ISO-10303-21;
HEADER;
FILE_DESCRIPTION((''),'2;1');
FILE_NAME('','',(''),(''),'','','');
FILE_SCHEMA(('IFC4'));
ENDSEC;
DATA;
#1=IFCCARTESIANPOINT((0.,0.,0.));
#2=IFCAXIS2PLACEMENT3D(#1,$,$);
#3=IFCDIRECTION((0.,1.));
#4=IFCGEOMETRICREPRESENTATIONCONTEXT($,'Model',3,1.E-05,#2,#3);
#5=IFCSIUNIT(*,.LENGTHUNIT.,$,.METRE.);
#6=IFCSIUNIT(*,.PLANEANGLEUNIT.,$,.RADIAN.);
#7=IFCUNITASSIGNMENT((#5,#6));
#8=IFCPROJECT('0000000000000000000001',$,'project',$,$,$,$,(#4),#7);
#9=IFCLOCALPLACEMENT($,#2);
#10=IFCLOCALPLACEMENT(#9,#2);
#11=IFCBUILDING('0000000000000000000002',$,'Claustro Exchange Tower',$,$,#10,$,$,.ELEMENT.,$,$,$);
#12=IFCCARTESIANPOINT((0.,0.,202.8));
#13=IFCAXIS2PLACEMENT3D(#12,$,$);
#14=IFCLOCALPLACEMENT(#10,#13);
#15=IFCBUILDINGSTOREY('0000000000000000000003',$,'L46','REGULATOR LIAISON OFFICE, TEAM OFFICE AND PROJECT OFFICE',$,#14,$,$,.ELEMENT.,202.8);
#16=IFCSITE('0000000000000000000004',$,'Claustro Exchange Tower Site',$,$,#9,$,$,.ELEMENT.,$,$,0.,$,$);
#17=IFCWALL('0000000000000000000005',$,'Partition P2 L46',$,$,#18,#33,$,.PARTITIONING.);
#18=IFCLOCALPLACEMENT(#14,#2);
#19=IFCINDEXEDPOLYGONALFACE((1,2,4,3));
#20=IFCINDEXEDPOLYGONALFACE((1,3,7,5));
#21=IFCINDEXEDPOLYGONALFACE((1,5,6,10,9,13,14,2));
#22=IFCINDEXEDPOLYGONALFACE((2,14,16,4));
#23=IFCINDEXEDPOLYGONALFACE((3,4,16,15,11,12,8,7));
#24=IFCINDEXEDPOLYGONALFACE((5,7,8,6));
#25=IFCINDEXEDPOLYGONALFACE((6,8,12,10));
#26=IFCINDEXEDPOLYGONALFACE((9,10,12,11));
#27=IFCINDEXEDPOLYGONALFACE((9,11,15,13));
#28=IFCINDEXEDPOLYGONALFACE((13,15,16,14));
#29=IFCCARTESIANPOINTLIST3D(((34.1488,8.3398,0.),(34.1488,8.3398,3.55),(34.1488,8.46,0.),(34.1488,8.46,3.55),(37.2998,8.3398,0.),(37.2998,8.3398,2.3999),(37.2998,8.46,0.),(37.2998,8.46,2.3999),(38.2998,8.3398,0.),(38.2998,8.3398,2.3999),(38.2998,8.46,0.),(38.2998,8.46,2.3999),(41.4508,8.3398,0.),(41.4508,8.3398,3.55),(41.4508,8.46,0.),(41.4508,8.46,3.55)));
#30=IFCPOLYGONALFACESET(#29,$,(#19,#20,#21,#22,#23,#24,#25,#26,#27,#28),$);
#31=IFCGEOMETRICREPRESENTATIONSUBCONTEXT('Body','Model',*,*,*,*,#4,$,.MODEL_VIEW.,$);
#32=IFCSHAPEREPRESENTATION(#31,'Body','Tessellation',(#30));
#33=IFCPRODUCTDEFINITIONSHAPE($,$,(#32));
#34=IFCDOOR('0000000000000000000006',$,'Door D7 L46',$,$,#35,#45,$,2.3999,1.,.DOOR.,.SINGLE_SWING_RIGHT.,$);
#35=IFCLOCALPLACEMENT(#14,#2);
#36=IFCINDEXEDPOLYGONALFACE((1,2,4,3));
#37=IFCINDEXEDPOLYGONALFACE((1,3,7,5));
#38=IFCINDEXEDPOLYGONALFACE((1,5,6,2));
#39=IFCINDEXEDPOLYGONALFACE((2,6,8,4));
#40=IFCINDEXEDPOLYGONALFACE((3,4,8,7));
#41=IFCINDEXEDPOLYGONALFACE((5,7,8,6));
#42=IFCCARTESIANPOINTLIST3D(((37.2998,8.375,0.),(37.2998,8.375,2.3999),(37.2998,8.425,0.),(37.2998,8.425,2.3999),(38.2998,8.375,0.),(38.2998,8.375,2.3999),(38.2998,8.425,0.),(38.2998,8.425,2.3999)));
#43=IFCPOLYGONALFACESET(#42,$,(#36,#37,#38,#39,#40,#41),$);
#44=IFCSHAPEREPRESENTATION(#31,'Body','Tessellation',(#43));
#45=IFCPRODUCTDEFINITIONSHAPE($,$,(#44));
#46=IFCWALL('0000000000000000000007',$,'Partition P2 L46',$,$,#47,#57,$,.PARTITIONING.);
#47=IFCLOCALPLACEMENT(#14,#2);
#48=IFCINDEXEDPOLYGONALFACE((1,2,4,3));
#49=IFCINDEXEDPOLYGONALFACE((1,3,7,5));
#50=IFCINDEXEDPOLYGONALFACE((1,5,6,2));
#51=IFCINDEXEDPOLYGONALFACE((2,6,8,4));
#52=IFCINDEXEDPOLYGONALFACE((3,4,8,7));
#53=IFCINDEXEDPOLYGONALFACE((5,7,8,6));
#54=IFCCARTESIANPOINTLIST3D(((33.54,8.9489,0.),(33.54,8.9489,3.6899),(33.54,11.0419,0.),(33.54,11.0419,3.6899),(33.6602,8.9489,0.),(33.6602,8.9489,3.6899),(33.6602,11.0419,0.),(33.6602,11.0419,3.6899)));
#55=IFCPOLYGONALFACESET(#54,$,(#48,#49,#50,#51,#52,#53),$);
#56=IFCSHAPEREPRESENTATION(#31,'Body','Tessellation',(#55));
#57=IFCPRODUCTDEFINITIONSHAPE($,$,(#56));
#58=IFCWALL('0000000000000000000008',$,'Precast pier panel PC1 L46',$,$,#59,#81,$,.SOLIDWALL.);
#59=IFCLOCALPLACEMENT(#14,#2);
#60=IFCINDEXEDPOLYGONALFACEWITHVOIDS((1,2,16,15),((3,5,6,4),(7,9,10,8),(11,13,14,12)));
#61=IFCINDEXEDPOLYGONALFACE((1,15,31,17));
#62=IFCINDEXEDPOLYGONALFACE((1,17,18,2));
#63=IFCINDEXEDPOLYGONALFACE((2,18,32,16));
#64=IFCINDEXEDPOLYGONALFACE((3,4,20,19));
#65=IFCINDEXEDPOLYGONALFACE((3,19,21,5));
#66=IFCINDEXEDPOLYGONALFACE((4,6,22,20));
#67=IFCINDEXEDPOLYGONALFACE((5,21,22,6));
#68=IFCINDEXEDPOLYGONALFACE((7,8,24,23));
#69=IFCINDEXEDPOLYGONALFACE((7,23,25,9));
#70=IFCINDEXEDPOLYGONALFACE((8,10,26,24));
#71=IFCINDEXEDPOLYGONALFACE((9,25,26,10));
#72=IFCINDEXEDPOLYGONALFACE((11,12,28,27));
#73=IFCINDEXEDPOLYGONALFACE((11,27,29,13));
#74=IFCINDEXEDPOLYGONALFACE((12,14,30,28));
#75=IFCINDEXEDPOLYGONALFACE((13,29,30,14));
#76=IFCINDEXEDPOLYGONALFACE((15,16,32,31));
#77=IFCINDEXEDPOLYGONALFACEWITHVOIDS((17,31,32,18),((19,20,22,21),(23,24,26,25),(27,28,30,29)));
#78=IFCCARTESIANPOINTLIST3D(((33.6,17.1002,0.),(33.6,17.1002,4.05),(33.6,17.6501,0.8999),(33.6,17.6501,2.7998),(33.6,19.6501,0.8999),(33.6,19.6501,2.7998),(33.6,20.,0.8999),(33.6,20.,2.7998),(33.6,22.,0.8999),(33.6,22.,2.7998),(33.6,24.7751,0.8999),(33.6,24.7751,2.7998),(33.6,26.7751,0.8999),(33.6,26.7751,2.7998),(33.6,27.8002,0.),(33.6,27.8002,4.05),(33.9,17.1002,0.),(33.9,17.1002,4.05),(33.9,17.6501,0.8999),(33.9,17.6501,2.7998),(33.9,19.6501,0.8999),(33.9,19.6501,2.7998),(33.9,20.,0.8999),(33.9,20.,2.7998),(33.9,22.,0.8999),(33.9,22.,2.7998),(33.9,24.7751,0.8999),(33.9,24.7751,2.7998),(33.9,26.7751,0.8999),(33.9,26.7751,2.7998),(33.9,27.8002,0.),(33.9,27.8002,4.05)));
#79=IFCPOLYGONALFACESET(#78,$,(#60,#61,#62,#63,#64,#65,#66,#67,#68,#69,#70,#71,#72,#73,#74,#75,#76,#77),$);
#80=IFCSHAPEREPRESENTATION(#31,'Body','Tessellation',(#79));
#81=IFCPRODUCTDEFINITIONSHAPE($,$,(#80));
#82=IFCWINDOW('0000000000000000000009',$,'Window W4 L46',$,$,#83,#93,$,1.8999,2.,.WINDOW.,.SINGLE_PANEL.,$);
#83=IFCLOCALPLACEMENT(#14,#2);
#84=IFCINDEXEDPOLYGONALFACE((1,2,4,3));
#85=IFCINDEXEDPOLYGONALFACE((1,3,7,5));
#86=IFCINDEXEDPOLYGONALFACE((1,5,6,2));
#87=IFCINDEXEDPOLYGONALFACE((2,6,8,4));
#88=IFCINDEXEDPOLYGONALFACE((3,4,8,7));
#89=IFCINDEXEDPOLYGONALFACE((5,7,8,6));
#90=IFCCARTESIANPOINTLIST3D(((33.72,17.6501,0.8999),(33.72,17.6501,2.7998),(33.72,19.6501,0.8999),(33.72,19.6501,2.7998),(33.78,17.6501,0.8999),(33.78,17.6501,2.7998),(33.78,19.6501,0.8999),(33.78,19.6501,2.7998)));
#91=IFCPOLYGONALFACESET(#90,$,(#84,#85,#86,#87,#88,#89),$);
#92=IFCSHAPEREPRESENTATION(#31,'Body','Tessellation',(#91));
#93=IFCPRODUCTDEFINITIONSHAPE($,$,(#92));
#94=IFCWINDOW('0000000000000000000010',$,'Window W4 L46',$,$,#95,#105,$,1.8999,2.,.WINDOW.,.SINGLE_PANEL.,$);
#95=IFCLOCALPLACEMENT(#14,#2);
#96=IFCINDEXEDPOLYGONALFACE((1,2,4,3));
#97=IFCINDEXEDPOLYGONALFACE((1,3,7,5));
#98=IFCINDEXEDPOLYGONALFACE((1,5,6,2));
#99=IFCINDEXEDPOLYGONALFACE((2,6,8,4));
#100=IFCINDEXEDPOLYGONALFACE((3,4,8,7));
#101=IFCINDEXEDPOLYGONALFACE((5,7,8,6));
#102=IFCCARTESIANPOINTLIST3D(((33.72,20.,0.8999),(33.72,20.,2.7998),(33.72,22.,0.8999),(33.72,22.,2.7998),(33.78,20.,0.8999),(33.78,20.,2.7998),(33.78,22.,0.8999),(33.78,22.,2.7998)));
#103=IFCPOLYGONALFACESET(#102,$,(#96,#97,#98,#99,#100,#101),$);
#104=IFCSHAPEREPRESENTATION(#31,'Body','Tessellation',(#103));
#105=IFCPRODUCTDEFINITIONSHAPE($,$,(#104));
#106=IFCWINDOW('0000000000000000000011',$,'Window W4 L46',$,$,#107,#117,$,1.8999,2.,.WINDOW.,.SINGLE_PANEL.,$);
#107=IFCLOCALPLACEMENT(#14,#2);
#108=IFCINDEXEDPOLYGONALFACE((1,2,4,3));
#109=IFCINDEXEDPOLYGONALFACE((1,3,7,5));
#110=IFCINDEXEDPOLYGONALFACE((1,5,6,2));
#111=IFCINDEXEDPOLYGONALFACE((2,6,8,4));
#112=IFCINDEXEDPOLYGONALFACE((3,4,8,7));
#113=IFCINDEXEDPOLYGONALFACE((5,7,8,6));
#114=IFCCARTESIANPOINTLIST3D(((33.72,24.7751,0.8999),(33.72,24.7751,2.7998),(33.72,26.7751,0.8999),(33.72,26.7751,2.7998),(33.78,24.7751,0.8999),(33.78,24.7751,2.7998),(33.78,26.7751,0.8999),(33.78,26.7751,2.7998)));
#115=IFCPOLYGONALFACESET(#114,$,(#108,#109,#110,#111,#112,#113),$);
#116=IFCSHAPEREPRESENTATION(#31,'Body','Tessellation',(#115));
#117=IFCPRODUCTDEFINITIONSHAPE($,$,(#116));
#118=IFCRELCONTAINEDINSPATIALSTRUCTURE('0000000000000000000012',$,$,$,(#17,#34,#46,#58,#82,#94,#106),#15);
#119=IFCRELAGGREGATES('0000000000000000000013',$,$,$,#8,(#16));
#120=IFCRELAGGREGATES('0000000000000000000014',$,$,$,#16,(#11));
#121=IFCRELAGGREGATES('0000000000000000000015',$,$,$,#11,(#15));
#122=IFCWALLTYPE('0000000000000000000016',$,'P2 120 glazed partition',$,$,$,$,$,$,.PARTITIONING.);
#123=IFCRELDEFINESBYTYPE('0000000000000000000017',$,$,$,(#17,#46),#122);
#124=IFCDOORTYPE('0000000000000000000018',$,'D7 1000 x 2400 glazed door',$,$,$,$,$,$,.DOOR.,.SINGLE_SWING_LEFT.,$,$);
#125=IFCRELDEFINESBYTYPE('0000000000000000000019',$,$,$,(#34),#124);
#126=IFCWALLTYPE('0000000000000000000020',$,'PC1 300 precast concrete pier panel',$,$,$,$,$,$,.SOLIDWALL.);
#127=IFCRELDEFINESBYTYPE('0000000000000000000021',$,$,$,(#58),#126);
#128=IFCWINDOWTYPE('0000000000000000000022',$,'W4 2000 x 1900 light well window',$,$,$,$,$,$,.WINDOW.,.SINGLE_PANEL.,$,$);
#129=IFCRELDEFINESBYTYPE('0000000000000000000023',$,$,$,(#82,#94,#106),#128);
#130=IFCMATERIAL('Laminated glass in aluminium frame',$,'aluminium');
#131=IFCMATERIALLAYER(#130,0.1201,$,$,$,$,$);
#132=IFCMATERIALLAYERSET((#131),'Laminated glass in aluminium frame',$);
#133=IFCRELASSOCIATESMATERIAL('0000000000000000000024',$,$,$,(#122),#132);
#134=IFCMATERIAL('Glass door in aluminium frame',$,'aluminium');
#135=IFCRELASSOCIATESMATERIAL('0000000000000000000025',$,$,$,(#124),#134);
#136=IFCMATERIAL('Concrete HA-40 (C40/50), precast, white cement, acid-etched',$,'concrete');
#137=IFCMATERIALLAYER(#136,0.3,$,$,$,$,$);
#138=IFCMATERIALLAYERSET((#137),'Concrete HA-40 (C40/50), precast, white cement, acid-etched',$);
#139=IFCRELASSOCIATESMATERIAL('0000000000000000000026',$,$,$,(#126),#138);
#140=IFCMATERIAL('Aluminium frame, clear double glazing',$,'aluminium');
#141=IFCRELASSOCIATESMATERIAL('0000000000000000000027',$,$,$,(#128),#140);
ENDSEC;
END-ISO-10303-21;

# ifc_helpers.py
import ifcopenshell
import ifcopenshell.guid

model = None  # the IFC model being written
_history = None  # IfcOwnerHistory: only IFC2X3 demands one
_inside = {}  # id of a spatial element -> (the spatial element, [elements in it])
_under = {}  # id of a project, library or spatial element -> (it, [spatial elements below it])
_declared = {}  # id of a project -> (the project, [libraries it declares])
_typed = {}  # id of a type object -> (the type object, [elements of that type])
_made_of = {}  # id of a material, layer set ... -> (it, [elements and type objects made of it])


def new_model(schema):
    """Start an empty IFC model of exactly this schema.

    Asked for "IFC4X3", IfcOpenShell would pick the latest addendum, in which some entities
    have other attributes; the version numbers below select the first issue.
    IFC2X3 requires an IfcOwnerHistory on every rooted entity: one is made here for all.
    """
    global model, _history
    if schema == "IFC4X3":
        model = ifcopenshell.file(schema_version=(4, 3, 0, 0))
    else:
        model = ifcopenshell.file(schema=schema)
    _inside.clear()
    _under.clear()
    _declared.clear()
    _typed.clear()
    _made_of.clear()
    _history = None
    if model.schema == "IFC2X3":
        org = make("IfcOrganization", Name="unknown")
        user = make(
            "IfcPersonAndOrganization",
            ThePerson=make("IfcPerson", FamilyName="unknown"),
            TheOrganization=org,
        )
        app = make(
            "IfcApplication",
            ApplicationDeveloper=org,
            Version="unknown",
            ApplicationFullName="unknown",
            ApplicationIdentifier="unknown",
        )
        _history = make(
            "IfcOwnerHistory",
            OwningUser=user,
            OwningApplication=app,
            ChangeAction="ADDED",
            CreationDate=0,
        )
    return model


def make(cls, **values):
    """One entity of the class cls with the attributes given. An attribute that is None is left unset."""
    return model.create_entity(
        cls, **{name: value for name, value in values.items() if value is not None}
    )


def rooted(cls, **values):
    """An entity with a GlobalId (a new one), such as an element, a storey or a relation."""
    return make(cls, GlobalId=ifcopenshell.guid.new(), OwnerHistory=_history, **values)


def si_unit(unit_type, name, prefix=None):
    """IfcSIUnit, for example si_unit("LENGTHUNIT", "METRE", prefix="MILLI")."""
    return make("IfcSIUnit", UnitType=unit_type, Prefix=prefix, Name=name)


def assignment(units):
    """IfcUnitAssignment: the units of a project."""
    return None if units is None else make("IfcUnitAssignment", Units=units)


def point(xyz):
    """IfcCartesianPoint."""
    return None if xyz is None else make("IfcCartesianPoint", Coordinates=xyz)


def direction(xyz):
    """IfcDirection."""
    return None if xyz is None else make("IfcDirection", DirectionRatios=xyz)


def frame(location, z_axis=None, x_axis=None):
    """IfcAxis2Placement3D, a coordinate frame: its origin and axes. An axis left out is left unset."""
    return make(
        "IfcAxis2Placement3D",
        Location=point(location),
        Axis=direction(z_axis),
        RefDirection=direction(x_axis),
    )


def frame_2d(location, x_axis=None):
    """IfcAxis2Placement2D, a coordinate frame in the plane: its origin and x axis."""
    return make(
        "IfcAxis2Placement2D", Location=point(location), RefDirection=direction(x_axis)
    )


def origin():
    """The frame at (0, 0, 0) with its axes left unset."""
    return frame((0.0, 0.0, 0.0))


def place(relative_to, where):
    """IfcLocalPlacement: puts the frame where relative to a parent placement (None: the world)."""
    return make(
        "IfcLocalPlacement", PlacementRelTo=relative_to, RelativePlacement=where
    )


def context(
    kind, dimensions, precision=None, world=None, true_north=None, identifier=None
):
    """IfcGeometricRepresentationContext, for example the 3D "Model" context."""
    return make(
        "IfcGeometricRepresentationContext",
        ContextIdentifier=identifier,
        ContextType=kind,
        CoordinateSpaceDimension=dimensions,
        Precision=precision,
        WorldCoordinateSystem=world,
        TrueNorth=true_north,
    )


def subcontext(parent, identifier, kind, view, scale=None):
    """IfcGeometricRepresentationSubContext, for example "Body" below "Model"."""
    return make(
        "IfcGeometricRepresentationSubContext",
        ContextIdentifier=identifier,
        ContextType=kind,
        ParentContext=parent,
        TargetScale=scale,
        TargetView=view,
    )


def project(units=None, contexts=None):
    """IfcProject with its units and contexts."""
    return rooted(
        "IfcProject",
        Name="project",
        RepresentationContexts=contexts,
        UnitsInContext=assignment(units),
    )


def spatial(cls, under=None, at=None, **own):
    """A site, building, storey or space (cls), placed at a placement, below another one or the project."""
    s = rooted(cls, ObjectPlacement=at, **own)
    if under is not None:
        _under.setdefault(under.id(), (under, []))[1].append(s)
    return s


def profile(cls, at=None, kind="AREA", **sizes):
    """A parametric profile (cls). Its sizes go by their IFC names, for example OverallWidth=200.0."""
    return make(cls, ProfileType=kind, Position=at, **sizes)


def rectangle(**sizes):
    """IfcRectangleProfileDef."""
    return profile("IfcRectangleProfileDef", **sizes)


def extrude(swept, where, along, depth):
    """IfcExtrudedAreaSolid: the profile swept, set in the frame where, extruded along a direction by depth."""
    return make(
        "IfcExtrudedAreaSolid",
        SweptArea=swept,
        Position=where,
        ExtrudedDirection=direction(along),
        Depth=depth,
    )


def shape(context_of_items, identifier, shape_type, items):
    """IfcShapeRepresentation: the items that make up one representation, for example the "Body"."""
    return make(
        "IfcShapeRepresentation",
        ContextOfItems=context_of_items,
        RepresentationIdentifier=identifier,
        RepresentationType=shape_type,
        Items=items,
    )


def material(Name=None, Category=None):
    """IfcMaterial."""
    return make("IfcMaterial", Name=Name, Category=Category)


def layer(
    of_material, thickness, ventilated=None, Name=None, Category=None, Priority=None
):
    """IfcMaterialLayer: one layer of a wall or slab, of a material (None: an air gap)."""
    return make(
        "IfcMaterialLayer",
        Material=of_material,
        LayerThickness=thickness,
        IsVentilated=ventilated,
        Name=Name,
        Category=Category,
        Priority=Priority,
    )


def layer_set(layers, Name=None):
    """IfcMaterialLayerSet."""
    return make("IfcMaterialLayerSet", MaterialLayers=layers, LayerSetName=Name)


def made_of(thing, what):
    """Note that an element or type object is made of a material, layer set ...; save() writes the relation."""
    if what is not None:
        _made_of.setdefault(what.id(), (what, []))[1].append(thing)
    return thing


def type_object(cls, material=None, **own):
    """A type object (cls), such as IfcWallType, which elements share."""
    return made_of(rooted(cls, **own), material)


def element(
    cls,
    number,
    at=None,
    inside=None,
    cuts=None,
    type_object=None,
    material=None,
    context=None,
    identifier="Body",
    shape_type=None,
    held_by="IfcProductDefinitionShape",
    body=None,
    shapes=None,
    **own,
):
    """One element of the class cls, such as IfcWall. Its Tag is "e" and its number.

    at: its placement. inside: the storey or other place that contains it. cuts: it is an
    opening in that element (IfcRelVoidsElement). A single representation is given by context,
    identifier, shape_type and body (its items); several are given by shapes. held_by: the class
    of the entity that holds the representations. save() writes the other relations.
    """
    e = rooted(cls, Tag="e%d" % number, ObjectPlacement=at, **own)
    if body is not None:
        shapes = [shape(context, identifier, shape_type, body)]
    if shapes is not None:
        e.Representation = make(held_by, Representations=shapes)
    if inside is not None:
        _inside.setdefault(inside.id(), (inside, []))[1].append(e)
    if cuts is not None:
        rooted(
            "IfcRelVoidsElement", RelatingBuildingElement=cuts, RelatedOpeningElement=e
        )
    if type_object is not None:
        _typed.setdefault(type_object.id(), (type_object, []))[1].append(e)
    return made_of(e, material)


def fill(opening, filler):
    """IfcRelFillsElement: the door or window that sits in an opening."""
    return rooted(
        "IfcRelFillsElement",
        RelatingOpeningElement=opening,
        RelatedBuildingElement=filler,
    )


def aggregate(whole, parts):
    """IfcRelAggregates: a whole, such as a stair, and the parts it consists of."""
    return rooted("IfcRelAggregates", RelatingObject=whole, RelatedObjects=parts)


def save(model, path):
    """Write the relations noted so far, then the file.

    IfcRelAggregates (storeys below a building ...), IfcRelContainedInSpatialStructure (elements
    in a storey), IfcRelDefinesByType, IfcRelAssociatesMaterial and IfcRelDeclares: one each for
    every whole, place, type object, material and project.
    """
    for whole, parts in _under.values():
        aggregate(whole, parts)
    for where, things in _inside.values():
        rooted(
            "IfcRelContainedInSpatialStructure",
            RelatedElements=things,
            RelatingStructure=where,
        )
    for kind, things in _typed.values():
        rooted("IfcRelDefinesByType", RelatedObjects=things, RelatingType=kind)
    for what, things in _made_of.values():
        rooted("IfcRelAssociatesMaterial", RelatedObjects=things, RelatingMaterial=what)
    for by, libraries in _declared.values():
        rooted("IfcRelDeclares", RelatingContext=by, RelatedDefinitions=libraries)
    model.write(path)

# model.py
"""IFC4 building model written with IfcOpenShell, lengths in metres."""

from ifc_helpers import new_model, si_unit, direction, frame, frame_2d, origin, place, context, subcontext, project, spatial, rectangle, extrude, material, layer, layer_set, type_object, element, fill, save


model = new_model("IFC4")

# Units and contexts
model_context = context("Model", 3, precision=1e-05, world=origin(), true_north=direction((0.0, 1.0)))
body_context = subcontext(model_context, "Body", "Model", "MODEL_VIEW")
ifc_project = project(units=[si_unit("LENGTHUNIT", "METRE"), si_unit("PLANEANGLEUNIT", "RADIAN")], contexts=[model_context])

# Site, building, storey
site_placement = place(None, origin())
site = spatial("IfcSite", under=ifc_project, at=site_placement, Name="Claustro Exchange Tower Site", CompositionType="ELEMENT", RefElevation=0.0)
building_placement = place(site_placement, origin())
building = spatial("IfcBuilding", under=site, at=building_placement, Name="Claustro Exchange Tower", CompositionType="ELEMENT")
storey_placement = place(building_placement, frame((0.0, 0.0, 202.8)))
storey = spatial("IfcBuildingStorey", under=building, at=storey_placement, Name="L46", Description="REGULATOR LIAISON OFFICE, TEAM OFFICE AND PROJECT OFFICE", CompositionType="ELEMENT", Elevation=202.8)

# Shared definitions
ifc_material_1 = material(Name="Laminated glass in aluminium frame", Category="aluminium")
ifc_layer_1 = layer(ifc_material_1, 0.1201)
ifc_layer_set_1 = layer_set([ifc_layer_1], Name="Laminated glass in aluminium frame")
wall_type_1 = type_object("IfcWallType", Name="P2 120 glazed partition", PredefinedType="PARTITIONING", material=ifc_layer_set_1)

# Wall, opening, door
wall_1_placement = place(storey_placement, frame((34.1489, 8.3999, 0.0), z_axis=(0.0, 0.0, 1.0), x_axis=(1.0, 0.0, 0.0)))
wall_1 = element("IfcWall", 1, at=wall_1_placement, inside=storey, type_object=wall_type_1, Name="Partition P2 L46", PredefinedType="PARTITIONING", context=body_context, shape_type="SweptSolid", body=[
    extrude(rectangle(XDim=7.302, YDim=0.1201, at=frame_2d((3.6509, 0.0))), origin(), (0.0, 0.0, 1.0), 3.55),
])
opening_1_placement = place(wall_1_placement, frame((3.1509, 0.0, 0.0)))
opening_1 = element("IfcOpeningElement", 2, at=opening_1_placement, cuts=wall_1, PredefinedType="OPENING", context=body_context, shape_type="SweptSolid", body=[
    extrude(rectangle(XDim=1.0, YDim=2.3999, at=frame_2d((0.5, 1.2))), frame((0.0, 0.0701, 0.0), z_axis=(0.0, -1.0, 0.0), x_axis=(1.0, 0.0, 0.0)), (0.0, 0.0, 1.0), 0.1401),
])
ifc_material_2 = material(Name="Glass door in aluminium frame", Category="aluminium")
door_type_1 = type_object("IfcDoorType", Name="D7 1000 x 2400 glazed door", OperationType="SINGLE_SWING_LEFT", PredefinedType="DOOR", material=ifc_material_2)
door_1_placement = place(opening_1_placement, frame((1.0, 0.0, 0.0), z_axis=(0.0, 0.0, 1.0), x_axis=(-1.0, 0.0, 0.0)))
door_1 = element("IfcDoor", 3, at=door_1_placement, inside=storey, type_object=door_type_1, Name="Door D7 L46", OperationType="SINGLE_SWING_RIGHT", OverallHeight=2.3999, OverallWidth=1.0, PredefinedType="DOOR", context=body_context, shape_type="SweptSolid", body=[
    extrude(rectangle(XDim=1.0, YDim=2.3999, at=frame_2d((0.5, 1.2))), frame((0.0, 0.0249, 0.0), z_axis=(0.0, -1.0, 0.0), x_axis=(1.0, 0.0, 0.0)), (0.0, 0.0, 1.0), 0.05),
])
fill(opening_1, door_1)

# Wall
wall_2_placement = place(storey_placement, frame((33.6001, 8.949, 0.0), z_axis=(0.0, 0.0, 1.0), x_axis=(0.0, 1.0, 0.0)))
element("IfcWall", 4, at=wall_2_placement, inside=storey, type_object=wall_type_1, Name="Partition P2 L46", PredefinedType="PARTITIONING", context=body_context, shape_type="SweptSolid", body=[
    extrude(rectangle(XDim=2.093, YDim=0.1201, at=frame_2d((1.0464, 0.0))), origin(), (0.0, 0.0, 1.0), 3.6899),
])

# Wall, openings, windows
ifc_material_3 = material(Name="Concrete HA-40 (C40/50), precast, white cement, acid-etched", Category="concrete")
ifc_layer_2 = layer(ifc_material_3, 0.3)
ifc_layer_set_2 = layer_set([ifc_layer_2], Name="Concrete HA-40 (C40/50), precast, white cement, acid-etched")
wall_type_2 = type_object("IfcWallType", Name="PC1 300 precast concrete pier panel", PredefinedType="SOLIDWALL", material=ifc_layer_set_2)
wall_3_placement = place(storey_placement, frame((33.75, 17.1001, 0.0), z_axis=(0.0, 0.0, 1.0), x_axis=(0.0, 1.0, 0.0)))
wall_3 = element("IfcWall", 5, at=wall_3_placement, inside=storey, type_object=wall_type_2, Name="Precast pier panel PC1 L46", PredefinedType="SOLIDWALL", context=body_context, shape_type="SweptSolid", body=[
    extrude(rectangle(XDim=10.7, YDim=0.3, at=frame_2d((5.3501, 0.0))), origin(), (0.0, 0.0, 1.0), 4.05),
])
opening_2_placement = place(wall_3_placement, frame((0.55, 0.0, 0.8999)))
opening_2 = element("IfcOpeningElement", 6, at=opening_2_placement, cuts=wall_3, PredefinedType="OPENING", context=body_context, shape_type="SweptSolid", body=[
    extrude(rectangle(XDim=2.0, YDim=1.8999, at=frame_2d((1.0, 0.95))), frame((0.0, 0.1599, 0.0), z_axis=(0.0, -1.0, 0.0), x_axis=(1.0, 0.0, 0.0)), (0.0, 0.0, 1.0), 0.3201),
])
opening_3_placement = place(wall_3_placement, frame((2.8999, 0.0, 0.8999)))
opening_3 = element("IfcOpeningElement", 7, at=opening_3_placement, cuts=wall_3, PredefinedType="OPENING", context=body_context, shape_type="SweptSolid", body=[
    extrude(rectangle(XDim=2.0, YDim=1.8999, at=frame_2d((1.0, 0.95))), frame((0.0, 0.1599, 0.0), z_axis=(0.0, -1.0, 0.0), x_axis=(1.0, 0.0, 0.0)), (0.0, 0.0, 1.0), 0.3201),
])
opening_4_placement = place(wall_3_placement, frame((7.675, 0.0, 0.8999)))
opening_4 = element("IfcOpeningElement", 8, at=opening_4_placement, cuts=wall_3, PredefinedType="OPENING", context=body_context, shape_type="SweptSolid", body=[
    extrude(rectangle(XDim=2.0, YDim=1.8999, at=frame_2d((1.0, 0.95))), frame((0.0, 0.1599, 0.0), z_axis=(0.0, -1.0, 0.0), x_axis=(1.0, 0.0, 0.0)), (0.0, 0.0, 1.0), 0.3201),
])
ifc_material_4 = material(Name="Aluminium frame, clear double glazing", Category="aluminium")
window_type = type_object("IfcWindowType", Name="W4 2000 x 1900 light well window", PartitioningType="SINGLE_PANEL", PredefinedType="WINDOW", material=ifc_material_4)
window_1_placement = place(opening_2_placement, origin())
window_1 = element("IfcWindow", 9, at=window_1_placement, inside=storey, type_object=window_type, Name="Window W4 L46", OverallHeight=1.8999, OverallWidth=2.0, PartitioningType="SINGLE_PANEL", PredefinedType="WINDOW", context=body_context, shape_type="SweptSolid", body=[
    extrude(rectangle(XDim=2.0, YDim=1.8999, at=frame_2d((1.0, 0.95))), frame((0.0, 0.03, 0.0), z_axis=(0.0, -1.0, 0.0), x_axis=(1.0, 0.0, 0.0)), (0.0, 0.0, 1.0), 0.0601),
])
fill(opening_2, window_1)
window_2_placement = place(opening_3_placement, origin())
window_2 = element("IfcWindow", 10, at=window_2_placement, inside=storey, type_object=window_type, Name="Window W4 L46", OverallHeight=1.8999, OverallWidth=2.0, PartitioningType="SINGLE_PANEL", PredefinedType="WINDOW", context=body_context, shape_type="SweptSolid", body=[
    extrude(rectangle(XDim=2.0, YDim=1.8999, at=frame_2d((1.0, 0.95))), frame((0.0, 0.03, 0.0), z_axis=(0.0, -1.0, 0.0), x_axis=(1.0, 0.0, 0.0)), (0.0, 0.0, 1.0), 0.0601),
])
fill(opening_3, window_2)
window_3_placement = place(opening_4_placement, origin())
window_3 = element("IfcWindow", 11, at=window_3_placement, inside=storey, type_object=window_type, Name="Window W4 L46", OverallHeight=1.8999, OverallWidth=2.0, PartitioningType="SINGLE_PANEL", PredefinedType="WINDOW", context=body_context, shape_type="SweptSolid", body=[
    extrude(rectangle(XDim=2.0, YDim=1.8999, at=frame_2d((1.0, 0.95))), frame((0.0, 0.03, 0.0), z_axis=(0.0, -1.0, 0.0), x_axis=(1.0, 0.0, 0.0)), (0.0, 0.0, 1.0), 0.0601),
])
fill(opening_4, window_3)

save(model, "model.ifc")
